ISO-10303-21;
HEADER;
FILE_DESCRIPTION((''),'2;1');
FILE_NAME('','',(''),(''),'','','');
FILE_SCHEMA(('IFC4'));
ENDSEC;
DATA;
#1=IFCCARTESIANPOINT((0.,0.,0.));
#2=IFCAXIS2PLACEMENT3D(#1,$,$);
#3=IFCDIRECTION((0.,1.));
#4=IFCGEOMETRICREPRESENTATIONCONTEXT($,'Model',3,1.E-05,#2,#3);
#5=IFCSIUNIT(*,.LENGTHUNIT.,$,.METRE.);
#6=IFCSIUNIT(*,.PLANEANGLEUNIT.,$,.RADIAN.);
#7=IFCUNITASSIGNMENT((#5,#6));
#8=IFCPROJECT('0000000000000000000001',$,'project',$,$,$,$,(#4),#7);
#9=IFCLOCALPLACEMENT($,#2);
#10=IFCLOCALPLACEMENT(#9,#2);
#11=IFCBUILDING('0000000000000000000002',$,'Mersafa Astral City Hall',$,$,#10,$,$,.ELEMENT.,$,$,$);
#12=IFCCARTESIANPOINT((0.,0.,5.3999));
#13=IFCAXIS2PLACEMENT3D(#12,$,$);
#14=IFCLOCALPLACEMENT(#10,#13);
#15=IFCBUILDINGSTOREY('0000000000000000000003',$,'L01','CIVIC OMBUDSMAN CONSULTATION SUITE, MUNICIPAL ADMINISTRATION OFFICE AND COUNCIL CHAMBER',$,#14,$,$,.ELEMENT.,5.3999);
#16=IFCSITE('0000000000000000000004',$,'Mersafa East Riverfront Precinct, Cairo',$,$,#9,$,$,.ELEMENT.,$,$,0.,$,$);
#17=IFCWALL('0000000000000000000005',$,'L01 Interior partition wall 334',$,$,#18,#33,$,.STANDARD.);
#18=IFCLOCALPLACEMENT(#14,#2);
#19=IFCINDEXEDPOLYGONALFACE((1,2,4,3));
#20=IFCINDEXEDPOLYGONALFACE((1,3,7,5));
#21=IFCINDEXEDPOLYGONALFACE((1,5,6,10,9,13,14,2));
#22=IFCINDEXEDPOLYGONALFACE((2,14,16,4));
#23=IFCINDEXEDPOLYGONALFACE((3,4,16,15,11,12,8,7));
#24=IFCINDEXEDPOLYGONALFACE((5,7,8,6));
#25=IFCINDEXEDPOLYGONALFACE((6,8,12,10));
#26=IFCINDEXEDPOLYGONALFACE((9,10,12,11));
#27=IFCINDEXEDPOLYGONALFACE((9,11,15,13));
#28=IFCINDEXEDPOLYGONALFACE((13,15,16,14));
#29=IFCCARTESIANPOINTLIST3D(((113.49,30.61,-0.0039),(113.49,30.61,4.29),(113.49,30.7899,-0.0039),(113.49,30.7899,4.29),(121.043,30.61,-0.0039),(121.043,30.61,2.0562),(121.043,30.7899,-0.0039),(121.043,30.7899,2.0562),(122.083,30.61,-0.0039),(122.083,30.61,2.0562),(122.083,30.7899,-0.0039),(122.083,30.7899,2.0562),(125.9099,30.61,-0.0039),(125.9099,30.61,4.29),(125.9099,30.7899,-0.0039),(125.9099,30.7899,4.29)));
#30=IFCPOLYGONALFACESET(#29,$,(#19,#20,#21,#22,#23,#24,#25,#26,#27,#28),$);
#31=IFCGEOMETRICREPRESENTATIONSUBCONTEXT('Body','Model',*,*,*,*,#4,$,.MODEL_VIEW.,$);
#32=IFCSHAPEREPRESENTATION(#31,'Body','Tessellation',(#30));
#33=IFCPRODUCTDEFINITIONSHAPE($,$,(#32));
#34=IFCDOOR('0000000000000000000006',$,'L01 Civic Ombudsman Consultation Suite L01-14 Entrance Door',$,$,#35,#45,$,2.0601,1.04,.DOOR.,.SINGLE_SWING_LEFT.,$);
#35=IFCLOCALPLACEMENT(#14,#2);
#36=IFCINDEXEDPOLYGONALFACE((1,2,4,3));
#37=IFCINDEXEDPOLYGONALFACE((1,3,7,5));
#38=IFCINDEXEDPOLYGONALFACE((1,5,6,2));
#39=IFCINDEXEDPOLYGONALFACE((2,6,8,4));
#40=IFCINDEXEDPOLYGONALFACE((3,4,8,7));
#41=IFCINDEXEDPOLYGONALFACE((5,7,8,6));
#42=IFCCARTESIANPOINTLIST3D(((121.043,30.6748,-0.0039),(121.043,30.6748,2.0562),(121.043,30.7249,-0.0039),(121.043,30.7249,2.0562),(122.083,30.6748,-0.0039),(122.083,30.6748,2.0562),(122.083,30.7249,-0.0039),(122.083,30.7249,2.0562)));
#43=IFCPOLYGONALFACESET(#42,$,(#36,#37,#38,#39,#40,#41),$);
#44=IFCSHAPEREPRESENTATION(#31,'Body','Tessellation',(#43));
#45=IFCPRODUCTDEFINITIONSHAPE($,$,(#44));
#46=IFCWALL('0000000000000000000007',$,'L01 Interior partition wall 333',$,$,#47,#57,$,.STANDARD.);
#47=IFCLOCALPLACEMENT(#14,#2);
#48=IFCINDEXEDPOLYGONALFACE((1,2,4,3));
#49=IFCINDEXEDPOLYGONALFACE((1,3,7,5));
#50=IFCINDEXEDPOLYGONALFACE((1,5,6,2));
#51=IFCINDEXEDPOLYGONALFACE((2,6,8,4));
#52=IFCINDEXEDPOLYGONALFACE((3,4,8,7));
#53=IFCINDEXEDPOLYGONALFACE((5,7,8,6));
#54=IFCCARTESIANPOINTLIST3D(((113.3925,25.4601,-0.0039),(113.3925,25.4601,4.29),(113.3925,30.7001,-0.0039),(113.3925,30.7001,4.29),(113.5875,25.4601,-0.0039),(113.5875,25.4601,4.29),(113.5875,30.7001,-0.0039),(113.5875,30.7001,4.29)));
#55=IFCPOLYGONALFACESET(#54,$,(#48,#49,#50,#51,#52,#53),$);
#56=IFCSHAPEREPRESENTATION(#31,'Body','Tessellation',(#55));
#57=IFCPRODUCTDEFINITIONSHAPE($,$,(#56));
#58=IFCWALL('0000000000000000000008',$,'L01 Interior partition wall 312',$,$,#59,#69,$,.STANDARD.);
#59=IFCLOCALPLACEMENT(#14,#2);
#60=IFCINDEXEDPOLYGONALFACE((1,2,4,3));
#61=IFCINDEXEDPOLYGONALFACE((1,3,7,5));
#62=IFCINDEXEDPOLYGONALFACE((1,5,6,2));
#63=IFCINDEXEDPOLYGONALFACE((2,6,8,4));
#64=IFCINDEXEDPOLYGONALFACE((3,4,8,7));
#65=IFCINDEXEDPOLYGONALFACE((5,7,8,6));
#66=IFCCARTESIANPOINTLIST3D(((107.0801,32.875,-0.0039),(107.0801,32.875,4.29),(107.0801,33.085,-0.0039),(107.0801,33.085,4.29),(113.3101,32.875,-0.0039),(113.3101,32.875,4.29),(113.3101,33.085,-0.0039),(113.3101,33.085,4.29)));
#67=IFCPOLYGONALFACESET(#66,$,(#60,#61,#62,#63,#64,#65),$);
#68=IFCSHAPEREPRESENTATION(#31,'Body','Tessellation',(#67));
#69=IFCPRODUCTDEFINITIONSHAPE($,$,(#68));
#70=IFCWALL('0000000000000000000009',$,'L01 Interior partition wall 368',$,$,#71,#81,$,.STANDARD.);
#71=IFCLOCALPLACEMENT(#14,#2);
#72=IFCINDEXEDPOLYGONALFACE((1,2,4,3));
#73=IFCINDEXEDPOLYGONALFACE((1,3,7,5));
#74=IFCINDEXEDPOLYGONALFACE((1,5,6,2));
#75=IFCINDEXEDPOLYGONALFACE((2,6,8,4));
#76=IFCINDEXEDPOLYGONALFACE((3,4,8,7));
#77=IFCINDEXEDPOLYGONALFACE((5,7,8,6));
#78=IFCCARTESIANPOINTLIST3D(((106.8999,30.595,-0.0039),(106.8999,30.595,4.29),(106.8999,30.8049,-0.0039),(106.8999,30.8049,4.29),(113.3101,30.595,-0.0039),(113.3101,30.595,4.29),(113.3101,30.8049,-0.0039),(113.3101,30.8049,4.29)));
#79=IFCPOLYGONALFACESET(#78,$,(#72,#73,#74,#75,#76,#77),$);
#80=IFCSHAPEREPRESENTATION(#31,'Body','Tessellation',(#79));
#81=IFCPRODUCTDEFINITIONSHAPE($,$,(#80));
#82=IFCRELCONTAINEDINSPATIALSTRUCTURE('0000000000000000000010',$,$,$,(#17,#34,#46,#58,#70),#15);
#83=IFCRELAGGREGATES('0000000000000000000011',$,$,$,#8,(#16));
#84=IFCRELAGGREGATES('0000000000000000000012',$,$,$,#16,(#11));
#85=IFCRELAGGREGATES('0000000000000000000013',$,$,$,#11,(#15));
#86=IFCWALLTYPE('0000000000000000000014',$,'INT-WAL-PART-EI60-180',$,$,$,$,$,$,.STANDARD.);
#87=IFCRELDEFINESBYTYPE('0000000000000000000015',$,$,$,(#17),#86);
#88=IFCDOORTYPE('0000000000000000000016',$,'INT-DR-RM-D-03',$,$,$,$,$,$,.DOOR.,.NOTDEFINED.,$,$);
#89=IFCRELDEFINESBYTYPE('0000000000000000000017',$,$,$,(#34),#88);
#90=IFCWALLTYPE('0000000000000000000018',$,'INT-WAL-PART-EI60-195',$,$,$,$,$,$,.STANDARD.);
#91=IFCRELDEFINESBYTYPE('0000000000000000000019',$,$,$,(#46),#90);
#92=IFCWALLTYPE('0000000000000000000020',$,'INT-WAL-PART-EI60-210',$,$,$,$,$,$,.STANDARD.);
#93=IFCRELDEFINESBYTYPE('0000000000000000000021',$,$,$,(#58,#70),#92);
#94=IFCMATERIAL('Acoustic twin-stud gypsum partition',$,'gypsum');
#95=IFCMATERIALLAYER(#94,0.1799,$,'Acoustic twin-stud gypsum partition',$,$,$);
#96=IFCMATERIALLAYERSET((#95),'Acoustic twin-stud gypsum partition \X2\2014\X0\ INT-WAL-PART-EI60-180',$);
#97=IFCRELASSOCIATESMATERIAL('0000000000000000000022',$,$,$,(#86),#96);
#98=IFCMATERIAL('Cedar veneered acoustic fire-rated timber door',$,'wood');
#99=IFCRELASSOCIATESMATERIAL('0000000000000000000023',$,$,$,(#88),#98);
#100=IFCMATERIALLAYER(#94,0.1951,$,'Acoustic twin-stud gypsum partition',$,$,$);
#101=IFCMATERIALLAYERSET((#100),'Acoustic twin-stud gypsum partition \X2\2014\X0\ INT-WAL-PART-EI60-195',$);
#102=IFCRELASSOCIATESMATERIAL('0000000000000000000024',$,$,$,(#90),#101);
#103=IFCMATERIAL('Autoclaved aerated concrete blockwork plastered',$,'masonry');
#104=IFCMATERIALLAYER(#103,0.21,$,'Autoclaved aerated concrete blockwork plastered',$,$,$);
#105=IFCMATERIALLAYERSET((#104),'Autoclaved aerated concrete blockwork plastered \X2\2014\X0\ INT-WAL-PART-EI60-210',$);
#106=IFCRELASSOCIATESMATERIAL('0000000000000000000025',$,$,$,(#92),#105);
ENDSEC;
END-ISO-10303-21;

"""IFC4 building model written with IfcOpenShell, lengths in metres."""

from ifc_helpers import new_model, si_unit, direction, frame, frame_2d, origin, place, context, subcontext, project, spatial, rectangle, extrude, material, layer, layer_set, type_object, element, fill, save


model = new_model("IFC4")

# Units and contexts
model_context = context("Model", 3, precision=1e-05, world=origin(), true_north=direction((0.0, 1.0)))
body_context = subcontext(model_context, "Body", "Model", "MODEL_VIEW")
ifc_project = project(units=[si_unit("LENGTHUNIT", "METRE"), si_unit("PLANEANGLEUNIT", "RADIAN")], contexts=[model_context])

# Site, building, storey
site_placement = place(None, origin())
site = spatial("IfcSite", under=ifc_project, at=site_placement, Name="Mersafa East Riverfront Precinct, Cairo", CompositionType="ELEMENT", RefElevation=0.0)
building_placement = place(site_placement, origin())
building = spatial("IfcBuilding", under=site, at=building_placement, Name="Mersafa Astral City Hall", CompositionType="ELEMENT")
storey_placement = place(building_placement, frame((0.0, 0.0, 5.3999)))
storey = spatial("IfcBuildingStorey", under=building, at=storey_placement, Name="L01", Description="CIVIC OMBUDSMAN CONSULTATION SUITE, MUNICIPAL ADMINISTRATION OFFICE AND COUNCIL CHAMBER", CompositionType="ELEMENT", Elevation=5.3999)

# Wall, opening, door
ifc_material_1 = material(Name="Acoustic twin-stud gypsum partition", Category="gypsum")
ifc_layer_1 = layer(ifc_material_1, 0.1799, Name="Acoustic twin-stud gypsum partition")
ifc_layer_set_1 = layer_set([ifc_layer_1], Name="Acoustic twin-stud gypsum partition — INT-WAL-PART-EI60-180")
wall_type_1 = type_object("IfcWallType", Name="INT-WAL-PART-EI60-180", PredefinedType="STANDARD", material=ifc_layer_set_1)
wall_1_placement = place(storey_placement, frame((113.49, 30.7, -0.0039), z_axis=(0.0, 0.0, 1.0), x_axis=(1.0, 0.0, 0.0)))
wall_1 = element("IfcWall", 1, at=wall_1_placement, inside=storey, type_object=wall_type_1, Name="L01 Interior partition wall 334", PredefinedType="STANDARD", context=body_context, shape_type="SweptSolid", body=[
    extrude(rectangle(XDim=12.4199, YDim=0.1799, at=frame_2d((6.21, 0.0))), origin(), (0.0, 0.0, 1.0), 4.2939),
])
opening_1_placement = place(wall_1_placement, frame((7.553, 0.0, 0.0)))
opening_1 = element("IfcOpeningElement", 2, at=opening_1_placement, cuts=wall_1, PredefinedType="OPENING", context=body_context, shape_type="SweptSolid", body=[
    extrude(rectangle(XDim=1.04, YDim=2.0601, at=frame_2d((0.52, 1.03))), frame((0.0, 0.0999, 0.0), z_axis=(0.0, -1.0, 0.0), x_axis=(1.0, 0.0, 0.0)), (0.0, 0.0, 1.0), 0.2),
])
ifc_material_2 = material(Name="Cedar veneered acoustic fire-rated timber door", Category="wood")
door_type_1 = type_object("IfcDoorType", Name="INT-DR-RM-D-03", OperationType="NOTDEFINED", PredefinedType="DOOR", material=ifc_material_2)
door_1_placement = place(opening_1_placement, origin())
door_1 = element("IfcDoor", 3, at=door_1_placement, inside=storey, type_object=door_type_1, Name="L01 Civic Ombudsman Consultation Suite L01-14 Entrance Door", OperationType="SINGLE_SWING_LEFT", OverallHeight=2.0601, OverallWidth=1.04, PredefinedType="DOOR", context=body_context, shape_type="SweptSolid", body=[
    extrude(rectangle(XDim=1.04, YDim=2.0601, at=frame_2d((0.52, 1.03))), frame((0.0, 0.0249, 0.0), z_axis=(0.0, -1.0, 0.0), x_axis=(1.0, 0.0, 0.0)), (0.0, 0.0, 1.0), 0.05),
])
fill(opening_1, door_1)

# Walls
ifc_layer_2 = layer(ifc_material_1, 0.1951, Name="Acoustic twin-stud gypsum partition")
ifc_layer_set_2 = layer_set([ifc_layer_2], Name="Acoustic twin-stud gypsum partition — INT-WAL-PART-EI60-195")
wall_type_2 = type_object("IfcWallType", Name="INT-WAL-PART-EI60-195", PredefinedType="STANDARD", material=ifc_layer_set_2)
wall_2_placement = place(storey_placement, frame((113.49, 25.46, -0.0039), z_axis=(0.0, 0.0, 1.0), x_axis=(0.0, 1.0, 0.0)))
element("IfcWall", 4, at=wall_2_placement, inside=storey, type_object=wall_type_2, Name="L01 Interior partition wall 333", PredefinedType="STANDARD", context=body_context, shape_type="SweptSolid", body=[
    extrude(rectangle(XDim=5.24, YDim=0.1951, at=frame_2d((2.6201, 0.0))), origin(), (0.0, 0.0, 1.0), 4.2939),
])
ifc_material_3 = material(Name="Autoclaved aerated concrete blockwork plastered", Category="masonry")
ifc_layer_3 = layer(ifc_material_3, 0.21, Name="Autoclaved aerated concrete blockwork plastered")
ifc_layer_set_3 = layer_set([ifc_layer_3], Name="Autoclaved aerated concrete blockwork plastered — INT-WAL-PART-EI60-210")
wall_type_3 = type_object("IfcWallType", Name="INT-WAL-PART-EI60-210", PredefinedType="STANDARD", material=ifc_layer_set_3)
wall_3_placement = place(storey_placement, frame((113.3101, 32.98, -0.0039), z_axis=(0.0, 0.0, 1.0), x_axis=(-1.0, 0.0, 0.0)))
element("IfcWall", 5, at=wall_3_placement, inside=storey, type_object=wall_type_3, Name="L01 Interior partition wall 312", PredefinedType="STANDARD", context=body_context, shape_type="SweptSolid", body=[
    extrude(rectangle(XDim=6.23, YDim=0.21, at=frame_2d((3.115, 0.0))), origin(), (0.0, 0.0, 1.0), 4.2939),
])
wall_4_placement = place(storey_placement, frame((106.8999, 30.7, -0.0039), z_axis=(0.0, 0.0, 1.0), x_axis=(1.0, 0.0, 0.0)))
element("IfcWall", 6, at=wall_4_placement, inside=storey, type_object=wall_type_3, Name="L01 Interior partition wall 368", PredefinedType="STANDARD", context=body_context, shape_type="SweptSolid", body=[
    extrude(rectangle(XDim=6.4102, YDim=0.21, at=frame_2d((3.2051, 0.0))), origin(), (0.0, 0.0, 1.0), 4.2939),
])

save(model, "model.ifc")
